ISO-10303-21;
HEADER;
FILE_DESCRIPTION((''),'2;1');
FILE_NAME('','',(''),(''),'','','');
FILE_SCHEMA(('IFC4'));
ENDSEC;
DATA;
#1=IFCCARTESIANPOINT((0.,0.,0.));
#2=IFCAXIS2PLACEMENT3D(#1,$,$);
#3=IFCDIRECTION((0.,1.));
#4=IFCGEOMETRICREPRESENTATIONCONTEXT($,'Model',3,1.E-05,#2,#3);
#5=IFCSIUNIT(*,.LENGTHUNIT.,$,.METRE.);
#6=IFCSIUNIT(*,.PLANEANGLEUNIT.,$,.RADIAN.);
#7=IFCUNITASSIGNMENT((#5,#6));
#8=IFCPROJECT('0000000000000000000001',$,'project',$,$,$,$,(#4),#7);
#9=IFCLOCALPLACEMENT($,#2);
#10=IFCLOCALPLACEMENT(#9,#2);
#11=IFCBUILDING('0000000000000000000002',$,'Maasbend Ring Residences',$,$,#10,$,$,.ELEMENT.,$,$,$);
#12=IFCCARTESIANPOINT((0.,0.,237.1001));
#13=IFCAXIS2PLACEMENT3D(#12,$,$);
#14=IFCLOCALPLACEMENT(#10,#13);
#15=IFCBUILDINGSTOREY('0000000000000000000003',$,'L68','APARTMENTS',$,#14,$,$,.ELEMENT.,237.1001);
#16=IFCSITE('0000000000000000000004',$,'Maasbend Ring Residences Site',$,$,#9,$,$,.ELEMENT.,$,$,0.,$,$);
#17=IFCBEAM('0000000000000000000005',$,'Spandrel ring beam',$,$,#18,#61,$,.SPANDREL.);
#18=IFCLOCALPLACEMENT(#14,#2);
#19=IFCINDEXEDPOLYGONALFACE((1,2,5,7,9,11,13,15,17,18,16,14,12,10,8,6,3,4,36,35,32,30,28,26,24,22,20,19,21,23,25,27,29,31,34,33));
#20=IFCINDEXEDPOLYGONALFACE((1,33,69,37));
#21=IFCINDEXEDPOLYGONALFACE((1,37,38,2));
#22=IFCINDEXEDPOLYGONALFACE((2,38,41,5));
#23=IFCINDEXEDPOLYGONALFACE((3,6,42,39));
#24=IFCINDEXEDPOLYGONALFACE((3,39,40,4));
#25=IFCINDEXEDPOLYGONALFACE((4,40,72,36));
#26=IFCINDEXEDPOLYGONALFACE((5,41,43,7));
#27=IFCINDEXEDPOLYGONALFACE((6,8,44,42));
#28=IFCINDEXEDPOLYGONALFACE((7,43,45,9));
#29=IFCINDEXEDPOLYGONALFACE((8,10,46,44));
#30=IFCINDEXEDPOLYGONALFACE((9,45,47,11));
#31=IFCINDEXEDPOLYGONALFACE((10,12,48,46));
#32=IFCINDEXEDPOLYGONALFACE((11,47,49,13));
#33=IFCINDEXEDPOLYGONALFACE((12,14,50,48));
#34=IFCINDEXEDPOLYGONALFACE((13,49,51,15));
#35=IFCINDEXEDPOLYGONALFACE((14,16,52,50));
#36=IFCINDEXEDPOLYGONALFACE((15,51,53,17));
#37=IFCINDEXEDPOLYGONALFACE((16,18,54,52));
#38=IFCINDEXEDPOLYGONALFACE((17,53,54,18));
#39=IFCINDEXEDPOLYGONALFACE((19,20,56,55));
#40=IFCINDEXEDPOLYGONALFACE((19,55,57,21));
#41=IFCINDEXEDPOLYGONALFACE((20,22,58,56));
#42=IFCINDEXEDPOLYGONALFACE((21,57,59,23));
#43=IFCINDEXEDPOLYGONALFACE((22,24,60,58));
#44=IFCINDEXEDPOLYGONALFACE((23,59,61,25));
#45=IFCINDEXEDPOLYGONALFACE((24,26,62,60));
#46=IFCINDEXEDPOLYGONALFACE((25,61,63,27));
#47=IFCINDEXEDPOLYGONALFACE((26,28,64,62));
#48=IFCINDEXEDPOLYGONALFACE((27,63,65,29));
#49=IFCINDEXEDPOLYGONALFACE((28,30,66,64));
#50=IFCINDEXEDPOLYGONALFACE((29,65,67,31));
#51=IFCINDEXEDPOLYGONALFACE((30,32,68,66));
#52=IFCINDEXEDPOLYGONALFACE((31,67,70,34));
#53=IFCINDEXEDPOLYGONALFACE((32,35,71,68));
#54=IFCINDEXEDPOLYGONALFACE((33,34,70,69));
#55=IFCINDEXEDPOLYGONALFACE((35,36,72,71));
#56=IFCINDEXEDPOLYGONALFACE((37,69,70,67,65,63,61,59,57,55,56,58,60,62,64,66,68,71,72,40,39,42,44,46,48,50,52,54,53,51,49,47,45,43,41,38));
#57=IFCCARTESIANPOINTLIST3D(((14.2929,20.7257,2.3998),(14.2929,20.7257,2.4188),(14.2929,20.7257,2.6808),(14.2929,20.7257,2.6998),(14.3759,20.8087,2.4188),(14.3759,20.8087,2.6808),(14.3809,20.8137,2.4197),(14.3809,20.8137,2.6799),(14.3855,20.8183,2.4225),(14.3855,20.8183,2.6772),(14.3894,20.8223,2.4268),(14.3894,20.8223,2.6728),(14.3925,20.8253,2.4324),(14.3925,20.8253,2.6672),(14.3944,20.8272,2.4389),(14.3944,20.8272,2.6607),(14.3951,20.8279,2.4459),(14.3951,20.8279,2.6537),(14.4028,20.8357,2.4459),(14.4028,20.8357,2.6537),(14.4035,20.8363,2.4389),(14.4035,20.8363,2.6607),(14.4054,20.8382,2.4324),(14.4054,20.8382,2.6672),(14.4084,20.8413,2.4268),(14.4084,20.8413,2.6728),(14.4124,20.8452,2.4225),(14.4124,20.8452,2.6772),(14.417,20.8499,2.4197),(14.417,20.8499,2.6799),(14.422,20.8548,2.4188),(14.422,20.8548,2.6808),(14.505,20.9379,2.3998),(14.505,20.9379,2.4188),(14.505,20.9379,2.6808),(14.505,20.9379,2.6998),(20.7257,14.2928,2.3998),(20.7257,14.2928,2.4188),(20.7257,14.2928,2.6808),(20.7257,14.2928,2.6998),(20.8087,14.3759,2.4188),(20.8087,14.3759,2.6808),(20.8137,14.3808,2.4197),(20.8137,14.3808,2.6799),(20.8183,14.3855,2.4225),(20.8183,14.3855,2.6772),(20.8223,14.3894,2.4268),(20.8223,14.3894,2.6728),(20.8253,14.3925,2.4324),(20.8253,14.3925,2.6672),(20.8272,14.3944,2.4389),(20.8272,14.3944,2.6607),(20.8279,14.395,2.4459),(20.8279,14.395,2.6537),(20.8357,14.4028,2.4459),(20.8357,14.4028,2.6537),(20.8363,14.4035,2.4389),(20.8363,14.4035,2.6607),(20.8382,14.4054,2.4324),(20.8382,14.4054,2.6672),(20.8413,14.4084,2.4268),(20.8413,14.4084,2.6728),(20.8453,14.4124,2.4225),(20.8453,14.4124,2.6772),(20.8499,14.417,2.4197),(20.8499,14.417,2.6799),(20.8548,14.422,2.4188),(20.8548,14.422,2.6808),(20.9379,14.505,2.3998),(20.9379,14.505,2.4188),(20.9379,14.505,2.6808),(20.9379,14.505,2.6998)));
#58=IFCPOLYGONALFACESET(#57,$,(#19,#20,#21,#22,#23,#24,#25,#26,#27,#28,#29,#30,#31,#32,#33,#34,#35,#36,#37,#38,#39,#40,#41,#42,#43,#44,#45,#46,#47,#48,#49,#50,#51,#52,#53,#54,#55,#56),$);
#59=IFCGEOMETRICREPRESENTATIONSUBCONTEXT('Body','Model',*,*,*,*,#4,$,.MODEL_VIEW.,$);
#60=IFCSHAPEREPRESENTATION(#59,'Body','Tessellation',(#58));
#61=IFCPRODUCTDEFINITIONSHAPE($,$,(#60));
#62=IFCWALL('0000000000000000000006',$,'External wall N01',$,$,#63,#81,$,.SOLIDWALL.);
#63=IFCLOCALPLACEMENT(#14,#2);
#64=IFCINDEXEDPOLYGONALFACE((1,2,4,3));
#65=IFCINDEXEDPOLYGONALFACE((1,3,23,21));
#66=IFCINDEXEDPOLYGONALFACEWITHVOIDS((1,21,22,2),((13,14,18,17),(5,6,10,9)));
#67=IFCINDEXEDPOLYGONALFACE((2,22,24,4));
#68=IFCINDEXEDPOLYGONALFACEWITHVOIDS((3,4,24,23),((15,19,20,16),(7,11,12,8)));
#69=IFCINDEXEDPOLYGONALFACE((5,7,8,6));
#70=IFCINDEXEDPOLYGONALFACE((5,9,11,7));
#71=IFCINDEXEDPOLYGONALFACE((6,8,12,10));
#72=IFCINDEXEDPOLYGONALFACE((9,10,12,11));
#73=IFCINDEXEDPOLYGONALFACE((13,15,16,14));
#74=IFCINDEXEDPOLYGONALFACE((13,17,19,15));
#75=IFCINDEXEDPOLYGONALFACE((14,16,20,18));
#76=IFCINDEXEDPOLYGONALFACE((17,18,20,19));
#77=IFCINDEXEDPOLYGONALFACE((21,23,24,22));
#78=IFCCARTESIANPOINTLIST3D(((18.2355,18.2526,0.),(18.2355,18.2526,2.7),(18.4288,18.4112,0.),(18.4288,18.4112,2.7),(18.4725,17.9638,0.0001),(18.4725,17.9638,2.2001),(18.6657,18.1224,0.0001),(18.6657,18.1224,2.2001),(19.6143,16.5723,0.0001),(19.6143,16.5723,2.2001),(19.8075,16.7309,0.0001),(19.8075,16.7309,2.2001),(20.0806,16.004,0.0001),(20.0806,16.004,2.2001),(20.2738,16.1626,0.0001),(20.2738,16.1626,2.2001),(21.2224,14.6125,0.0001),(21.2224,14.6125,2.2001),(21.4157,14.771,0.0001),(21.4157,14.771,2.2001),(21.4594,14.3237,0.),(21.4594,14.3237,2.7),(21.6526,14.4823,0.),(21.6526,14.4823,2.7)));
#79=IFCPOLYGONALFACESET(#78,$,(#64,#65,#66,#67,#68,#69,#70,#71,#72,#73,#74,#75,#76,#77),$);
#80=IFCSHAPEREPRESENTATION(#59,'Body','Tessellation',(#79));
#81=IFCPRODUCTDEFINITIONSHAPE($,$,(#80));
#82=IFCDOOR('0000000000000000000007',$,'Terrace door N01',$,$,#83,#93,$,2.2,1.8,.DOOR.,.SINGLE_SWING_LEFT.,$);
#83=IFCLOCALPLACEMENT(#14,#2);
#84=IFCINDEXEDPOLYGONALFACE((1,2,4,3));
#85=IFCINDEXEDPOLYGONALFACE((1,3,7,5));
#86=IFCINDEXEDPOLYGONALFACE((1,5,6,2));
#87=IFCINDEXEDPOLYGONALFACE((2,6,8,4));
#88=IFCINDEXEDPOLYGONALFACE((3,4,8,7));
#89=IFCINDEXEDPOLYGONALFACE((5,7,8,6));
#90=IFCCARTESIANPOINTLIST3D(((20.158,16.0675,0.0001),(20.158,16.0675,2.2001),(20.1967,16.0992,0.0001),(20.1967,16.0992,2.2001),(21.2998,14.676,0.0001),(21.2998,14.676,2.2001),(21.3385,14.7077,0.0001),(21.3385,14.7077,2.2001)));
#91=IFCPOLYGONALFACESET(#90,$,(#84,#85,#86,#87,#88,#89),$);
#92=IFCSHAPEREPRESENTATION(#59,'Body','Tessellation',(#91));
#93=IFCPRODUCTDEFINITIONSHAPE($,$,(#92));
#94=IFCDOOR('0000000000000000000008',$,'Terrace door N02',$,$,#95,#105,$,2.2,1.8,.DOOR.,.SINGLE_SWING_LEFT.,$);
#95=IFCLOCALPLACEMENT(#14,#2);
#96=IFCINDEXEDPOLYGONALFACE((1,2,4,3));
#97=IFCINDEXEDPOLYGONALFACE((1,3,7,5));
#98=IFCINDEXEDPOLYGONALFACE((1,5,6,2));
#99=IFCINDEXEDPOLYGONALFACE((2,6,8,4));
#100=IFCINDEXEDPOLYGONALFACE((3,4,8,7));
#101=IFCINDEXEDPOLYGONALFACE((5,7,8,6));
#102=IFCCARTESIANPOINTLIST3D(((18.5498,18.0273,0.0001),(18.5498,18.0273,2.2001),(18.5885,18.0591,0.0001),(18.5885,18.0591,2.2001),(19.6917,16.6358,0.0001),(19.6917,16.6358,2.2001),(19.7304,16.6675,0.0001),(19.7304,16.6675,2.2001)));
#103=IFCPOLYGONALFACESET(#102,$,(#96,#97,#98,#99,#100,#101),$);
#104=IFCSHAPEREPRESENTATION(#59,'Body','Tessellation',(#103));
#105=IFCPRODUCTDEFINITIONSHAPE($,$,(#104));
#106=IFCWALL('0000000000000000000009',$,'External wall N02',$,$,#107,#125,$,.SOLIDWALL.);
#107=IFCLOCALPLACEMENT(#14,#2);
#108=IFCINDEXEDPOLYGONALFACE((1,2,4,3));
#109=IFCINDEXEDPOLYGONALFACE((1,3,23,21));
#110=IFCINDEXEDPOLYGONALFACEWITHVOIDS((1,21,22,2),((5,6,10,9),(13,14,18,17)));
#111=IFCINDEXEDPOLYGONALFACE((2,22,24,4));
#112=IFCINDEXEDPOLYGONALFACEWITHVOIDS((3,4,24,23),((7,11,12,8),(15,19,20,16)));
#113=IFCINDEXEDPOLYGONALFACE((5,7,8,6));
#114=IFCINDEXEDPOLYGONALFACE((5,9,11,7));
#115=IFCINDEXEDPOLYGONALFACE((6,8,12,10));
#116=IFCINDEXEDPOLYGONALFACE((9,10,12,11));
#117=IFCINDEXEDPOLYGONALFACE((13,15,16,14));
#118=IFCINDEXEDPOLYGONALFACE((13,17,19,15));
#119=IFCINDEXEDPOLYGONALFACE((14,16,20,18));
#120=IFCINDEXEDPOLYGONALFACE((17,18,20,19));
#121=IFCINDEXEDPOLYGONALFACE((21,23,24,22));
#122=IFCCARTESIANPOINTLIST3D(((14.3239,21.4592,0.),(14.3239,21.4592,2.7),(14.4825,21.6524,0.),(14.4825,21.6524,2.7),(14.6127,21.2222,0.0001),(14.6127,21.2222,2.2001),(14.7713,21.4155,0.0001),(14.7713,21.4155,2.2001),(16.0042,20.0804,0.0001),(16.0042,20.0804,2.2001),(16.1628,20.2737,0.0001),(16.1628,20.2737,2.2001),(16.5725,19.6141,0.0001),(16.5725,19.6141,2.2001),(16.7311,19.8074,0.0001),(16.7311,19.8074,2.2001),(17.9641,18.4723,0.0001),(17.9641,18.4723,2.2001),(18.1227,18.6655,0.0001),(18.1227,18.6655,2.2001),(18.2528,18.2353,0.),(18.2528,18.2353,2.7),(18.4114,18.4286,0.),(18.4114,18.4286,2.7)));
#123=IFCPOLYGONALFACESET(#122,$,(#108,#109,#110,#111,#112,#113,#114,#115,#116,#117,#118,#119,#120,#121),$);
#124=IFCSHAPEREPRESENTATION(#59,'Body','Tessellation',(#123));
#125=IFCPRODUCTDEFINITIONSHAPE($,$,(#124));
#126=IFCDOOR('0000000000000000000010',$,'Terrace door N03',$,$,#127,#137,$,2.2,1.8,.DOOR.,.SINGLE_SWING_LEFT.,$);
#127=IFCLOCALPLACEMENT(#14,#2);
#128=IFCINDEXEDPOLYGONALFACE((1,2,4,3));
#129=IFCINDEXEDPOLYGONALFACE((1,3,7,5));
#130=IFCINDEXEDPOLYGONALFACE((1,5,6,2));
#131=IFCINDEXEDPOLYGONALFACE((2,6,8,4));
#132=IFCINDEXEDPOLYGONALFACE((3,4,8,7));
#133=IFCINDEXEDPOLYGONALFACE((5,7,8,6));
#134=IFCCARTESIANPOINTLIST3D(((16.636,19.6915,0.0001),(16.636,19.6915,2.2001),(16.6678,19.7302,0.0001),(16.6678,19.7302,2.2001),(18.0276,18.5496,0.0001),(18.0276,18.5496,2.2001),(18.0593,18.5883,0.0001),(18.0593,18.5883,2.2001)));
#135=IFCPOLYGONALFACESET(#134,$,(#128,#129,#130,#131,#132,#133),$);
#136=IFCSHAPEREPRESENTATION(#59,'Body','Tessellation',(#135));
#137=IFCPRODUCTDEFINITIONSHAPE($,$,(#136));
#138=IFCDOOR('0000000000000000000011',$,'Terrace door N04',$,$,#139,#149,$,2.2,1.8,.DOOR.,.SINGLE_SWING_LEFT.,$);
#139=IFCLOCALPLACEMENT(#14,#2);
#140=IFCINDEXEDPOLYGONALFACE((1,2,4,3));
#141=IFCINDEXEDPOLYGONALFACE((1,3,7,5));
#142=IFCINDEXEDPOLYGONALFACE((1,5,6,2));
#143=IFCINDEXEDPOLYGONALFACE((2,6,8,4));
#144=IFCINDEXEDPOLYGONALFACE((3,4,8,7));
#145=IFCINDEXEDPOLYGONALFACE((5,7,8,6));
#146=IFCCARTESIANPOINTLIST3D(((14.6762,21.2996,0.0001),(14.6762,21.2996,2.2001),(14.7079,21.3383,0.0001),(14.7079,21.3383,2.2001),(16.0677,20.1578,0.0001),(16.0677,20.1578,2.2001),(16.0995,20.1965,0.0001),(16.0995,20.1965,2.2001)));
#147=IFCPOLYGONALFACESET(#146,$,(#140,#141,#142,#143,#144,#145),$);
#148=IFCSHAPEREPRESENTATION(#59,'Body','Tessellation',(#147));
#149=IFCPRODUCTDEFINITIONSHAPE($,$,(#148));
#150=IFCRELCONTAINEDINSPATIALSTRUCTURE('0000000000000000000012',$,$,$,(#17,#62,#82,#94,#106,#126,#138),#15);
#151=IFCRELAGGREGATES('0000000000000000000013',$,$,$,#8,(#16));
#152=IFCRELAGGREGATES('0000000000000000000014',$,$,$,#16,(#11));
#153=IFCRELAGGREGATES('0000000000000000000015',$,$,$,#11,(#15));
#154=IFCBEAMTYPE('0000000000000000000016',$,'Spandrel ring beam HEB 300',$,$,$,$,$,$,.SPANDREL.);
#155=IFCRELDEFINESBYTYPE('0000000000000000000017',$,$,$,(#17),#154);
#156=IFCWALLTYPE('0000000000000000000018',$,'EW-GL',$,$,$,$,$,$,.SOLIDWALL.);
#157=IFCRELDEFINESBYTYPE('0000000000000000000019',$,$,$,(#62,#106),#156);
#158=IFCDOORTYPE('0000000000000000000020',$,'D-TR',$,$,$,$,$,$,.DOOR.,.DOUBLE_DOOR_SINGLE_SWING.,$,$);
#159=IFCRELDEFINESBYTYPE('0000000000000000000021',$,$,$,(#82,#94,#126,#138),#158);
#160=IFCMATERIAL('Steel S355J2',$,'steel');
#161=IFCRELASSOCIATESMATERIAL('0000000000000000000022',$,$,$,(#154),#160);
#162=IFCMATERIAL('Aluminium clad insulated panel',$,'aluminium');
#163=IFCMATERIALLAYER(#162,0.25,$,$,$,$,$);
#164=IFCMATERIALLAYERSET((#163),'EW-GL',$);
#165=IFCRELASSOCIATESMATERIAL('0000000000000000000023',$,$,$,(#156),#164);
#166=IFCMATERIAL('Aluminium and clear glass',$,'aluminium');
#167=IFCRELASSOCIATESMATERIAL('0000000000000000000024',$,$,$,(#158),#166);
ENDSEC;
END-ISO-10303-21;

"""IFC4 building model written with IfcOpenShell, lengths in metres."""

from ifc_helpers import new_model, si_unit, direction, frame, frame_2d, origin, origin_2d, place, context, subcontext, project, spatial, rectangle, i_section, extrude, material, layer, layer_set, material_profile, profile_set, type_object, element, fill, save


model = new_model("IFC4")

# Units and contexts
model_context = context("Model", 3, precision=1e-05, world=origin(), true_north=direction((0.0, 1.0)))
body_context = subcontext(model_context, "Body", "Model", "MODEL_VIEW")
ifc_project = project(units=[si_unit("LENGTHUNIT", "METRE"), si_unit("PLANEANGLEUNIT", "RADIAN")], contexts=[model_context])

# Site, building, storey
site_placement = place(None, origin())
site = spatial("IfcSite", under=ifc_project, at=site_placement, Name="Maasbend Ring Residences Site", CompositionType="ELEMENT", RefElevation=0.0)
building_placement = place(site_placement, origin())
building = spatial("IfcBuilding", under=site, at=building_placement, Name="Maasbend Ring Residences", CompositionType="ELEMENT")
storey_placement = place(building_placement, frame((0.0, 0.0, 237.1001)))
storey = spatial("IfcBuildingStorey", under=building, at=storey_placement, Name="L68", Description="APARTMENTS", CompositionType="ELEMENT", Elevation=237.1001)

# Beam
ifc_material_1 = material(Name="Steel S355J2", Category="steel")
ifc_material_profile_1 = material_profile(ifc_material_1, i_section(OverallWidth=0.3, OverallDepth=0.3, WebThickness=0.011, FlangeThickness=0.019, FilletRadius=0.0271, at=origin_2d()), Name="HEB 300")
ifc_profile_set_1 = profile_set([ifc_material_profile_1], Name="Steel S355J2")
beam_type_1 = type_object("IfcBeamType", Name="Spandrel ring beam HEB 300", PredefinedType="SPANDREL", material=ifc_profile_set_1)
beam_1_placement = place(storey_placement, frame((20.8318, 14.3989, 2.5498), z_axis=(-0.707107, 0.707107, 0.0), x_axis=(-0.707107, -0.707107, 0.0)))
element("IfcBeam", 1, at=beam_1_placement, inside=storey, type_object=beam_type_1, Name="Spandrel ring beam", PredefinedType="SPANDREL", context=body_context, shape_type="SweptSolid", body=[
    extrude(i_section(OverallWidth=0.3, OverallDepth=0.3, WebThickness=0.011, FlangeThickness=0.019, FilletRadius=0.0271, at=origin_2d()), origin(), (0.0, 0.0, 1.0), 9.0974),
])

# Walls, openings, doors
ifc_material_2 = material(Name="Aluminium clad insulated panel", Category="aluminium")
ifc_layer_1 = layer(ifc_material_2, 0.25)
ifc_layer_set_1 = layer_set([ifc_layer_1], Name="EW-GL")
wall_type_1 = type_object("IfcWallType", Name="EW-GL", PredefinedType="SOLIDWALL", material=ifc_layer_set_1)
wall_1_placement = place(storey_placement, frame((21.5559, 14.4031, 0.0), z_axis=(0.0, 0.0, 1.0), x_axis=(-0.634331, 0.773062, 0.0)))
wall_1 = element("IfcWall", 2, at=wall_1_placement, inside=storey, type_object=wall_type_1, Name="External wall N01", PredefinedType="SOLIDWALL", context=body_context, shape_type="SweptSolid", body=[
    extrude(rectangle(XDim=5.0823, YDim=0.25, at=frame_2d((2.541, 0.0))), origin(), (0.0, 0.0, 1.0), 2.7),
])
opening_1_placement = place(wall_1_placement, frame((0.3735, 0.0, 0.0)))
opening_1 = element("IfcOpeningElement", 3, at=opening_1_placement, cuts=wall_1, PredefinedType="OPENING", context=body_context, shape_type="SweptSolid", body=[
    extrude(rectangle(XDim=1.8, YDim=2.2, at=frame_2d((0.8999, 1.1001))), frame((0.0, 0.135, 0.0), z_axis=(0.0, -1.0, 0.0), x_axis=(1.0, 0.0, 0.0)), (0.0, 0.0, 1.0), 0.27),
])
opening_2_placement = place(wall_1_placement, frame((2.9087, 0.0, 0.0)))
opening_2 = element("IfcOpeningElement", 4, at=opening_2_placement, cuts=wall_1, PredefinedType="OPENING", context=body_context, shape_type="SweptSolid", body=[
    extrude(rectangle(XDim=1.8, YDim=2.2, at=frame_2d((0.8999, 1.1001))), frame((0.0, 0.135, 0.0), z_axis=(0.0, -1.0, 0.0), x_axis=(1.0, 0.0, 0.0)), (0.0, 0.0, 1.0), 0.27),
])
ifc_material_3 = material(Name="Aluminium and clear glass", Category="aluminium")
door_type_1 = type_object("IfcDoorType", Name="D-TR", OperationType="DOUBLE_DOOR_SINGLE_SWING", PredefinedType="DOOR", material=ifc_material_3)
door_1_placement = place(opening_1_placement, origin())
door_1 = element("IfcDoor", 5, at=door_1_placement, inside=storey, type_object=door_type_1, Name="Terrace door N01", OperationType="SINGLE_SWING_LEFT", OverallHeight=2.2, OverallWidth=1.8, PredefinedType="DOOR", context=body_context, shape_type="SweptSolid", body=[
    extrude(rectangle(XDim=1.8, YDim=2.2, at=frame_2d((0.8999, 1.1001))), frame((0.0, 0.0249, 0.0), z_axis=(0.0, -1.0, 0.0), x_axis=(1.0, 0.0, 0.0)), (0.0, 0.0, 1.0), 0.05),
])
fill(opening_1, door_1)
door_2_placement = place(opening_2_placement, origin())
door_2 = element("IfcDoor", 6, at=door_2_placement, inside=storey, type_object=door_type_1, Name="Terrace door N02", OperationType="SINGLE_SWING_LEFT", OverallHeight=2.2, OverallWidth=1.8, PredefinedType="DOOR", context=body_context, shape_type="SweptSolid", body=[
    extrude(rectangle(XDim=1.8, YDim=2.2, at=frame_2d((0.8999, 1.1001))), frame((0.0, 0.0249, 0.0), z_axis=(0.0, -1.0, 0.0), x_axis=(1.0, 0.0, 0.0)), (0.0, 0.0, 1.0), 0.05),
])
fill(opening_2, door_2)
wall_2_placement = place(storey_placement, frame((18.332, 18.332, 0.0), z_axis=(0.0, 0.0, 1.0), x_axis=(-0.773062, 0.634331, 0.0)))
wall_2 = element("IfcWall", 7, at=wall_2_placement, inside=storey, type_object=wall_type_1, Name="External wall N02", PredefinedType="SOLIDWALL", context=body_context, shape_type="SweptSolid", body=[
    extrude(rectangle(XDim=5.0823, YDim=0.25, at=frame_2d((2.541, 0.0))), origin(), (0.0, 0.0, 1.0), 2.7),
])
opening_3_placement = place(wall_2_placement, frame((0.3735, 0.0, 0.0)))
opening_3 = element("IfcOpeningElement", 8, at=opening_3_placement, cuts=wall_2, PredefinedType="OPENING", context=body_context, shape_type="SweptSolid", body=[
    extrude(rectangle(XDim=1.8, YDim=2.2, at=frame_2d((0.8999, 1.1001))), frame((0.0, 0.135, 0.0), z_axis=(0.0, -1.0, 0.0), x_axis=(1.0, 0.0, 0.0)), (0.0, 0.0, 1.0), 0.27),
])
opening_4_placement = place(wall_2_placement, frame((2.9087, 0.0, 0.0)))
opening_4 = element("IfcOpeningElement", 9, at=opening_4_placement, cuts=wall_2, PredefinedType="OPENING", context=body_context, shape_type="SweptSolid", body=[
    extrude(rectangle(XDim=1.8, YDim=2.2, at=frame_2d((0.8999, 1.1001))), frame((0.0, 0.135, 0.0), z_axis=(0.0, -1.0, 0.0), x_axis=(1.0, 0.0, 0.0)), (0.0, 0.0, 1.0), 0.27),
])
door_3_placement = place(opening_3_placement, origin())
door_3 = element("IfcDoor", 10, at=door_3_placement, inside=storey, type_object=door_type_1, Name="Terrace door N03", OperationType="SINGLE_SWING_LEFT", OverallHeight=2.2, OverallWidth=1.8, PredefinedType="DOOR", context=body_context, shape_type="SweptSolid", body=[
    extrude(rectangle(XDim=1.8, YDim=2.2, at=frame_2d((0.8999, 1.1001))), frame((0.0, 0.0249, 0.0), z_axis=(0.0, -1.0, 0.0), x_axis=(1.0, 0.0, 0.0)), (0.0, 0.0, 1.0), 0.05),
])
fill(opening_3, door_3)
door_4_placement = place(opening_4_placement, origin())
door_4 = element("IfcDoor", 11, at=door_4_placement, inside=storey, type_object=door_type_1, Name="Terrace door N04", OperationType="SINGLE_SWING_LEFT", OverallHeight=2.2, OverallWidth=1.8, PredefinedType="DOOR", context=body_context, shape_type="SweptSolid", body=[
    extrude(rectangle(XDim=1.8, YDim=2.2, at=frame_2d((0.8999, 1.1001))), frame((0.0, 0.0249, 0.0), z_axis=(0.0, -1.0, 0.0), x_axis=(1.0, 0.0, 0.0)), (0.0, 0.0, 1.0), 0.05),
])
fill(opening_4, door_4)

save(model, "model.ifc")
